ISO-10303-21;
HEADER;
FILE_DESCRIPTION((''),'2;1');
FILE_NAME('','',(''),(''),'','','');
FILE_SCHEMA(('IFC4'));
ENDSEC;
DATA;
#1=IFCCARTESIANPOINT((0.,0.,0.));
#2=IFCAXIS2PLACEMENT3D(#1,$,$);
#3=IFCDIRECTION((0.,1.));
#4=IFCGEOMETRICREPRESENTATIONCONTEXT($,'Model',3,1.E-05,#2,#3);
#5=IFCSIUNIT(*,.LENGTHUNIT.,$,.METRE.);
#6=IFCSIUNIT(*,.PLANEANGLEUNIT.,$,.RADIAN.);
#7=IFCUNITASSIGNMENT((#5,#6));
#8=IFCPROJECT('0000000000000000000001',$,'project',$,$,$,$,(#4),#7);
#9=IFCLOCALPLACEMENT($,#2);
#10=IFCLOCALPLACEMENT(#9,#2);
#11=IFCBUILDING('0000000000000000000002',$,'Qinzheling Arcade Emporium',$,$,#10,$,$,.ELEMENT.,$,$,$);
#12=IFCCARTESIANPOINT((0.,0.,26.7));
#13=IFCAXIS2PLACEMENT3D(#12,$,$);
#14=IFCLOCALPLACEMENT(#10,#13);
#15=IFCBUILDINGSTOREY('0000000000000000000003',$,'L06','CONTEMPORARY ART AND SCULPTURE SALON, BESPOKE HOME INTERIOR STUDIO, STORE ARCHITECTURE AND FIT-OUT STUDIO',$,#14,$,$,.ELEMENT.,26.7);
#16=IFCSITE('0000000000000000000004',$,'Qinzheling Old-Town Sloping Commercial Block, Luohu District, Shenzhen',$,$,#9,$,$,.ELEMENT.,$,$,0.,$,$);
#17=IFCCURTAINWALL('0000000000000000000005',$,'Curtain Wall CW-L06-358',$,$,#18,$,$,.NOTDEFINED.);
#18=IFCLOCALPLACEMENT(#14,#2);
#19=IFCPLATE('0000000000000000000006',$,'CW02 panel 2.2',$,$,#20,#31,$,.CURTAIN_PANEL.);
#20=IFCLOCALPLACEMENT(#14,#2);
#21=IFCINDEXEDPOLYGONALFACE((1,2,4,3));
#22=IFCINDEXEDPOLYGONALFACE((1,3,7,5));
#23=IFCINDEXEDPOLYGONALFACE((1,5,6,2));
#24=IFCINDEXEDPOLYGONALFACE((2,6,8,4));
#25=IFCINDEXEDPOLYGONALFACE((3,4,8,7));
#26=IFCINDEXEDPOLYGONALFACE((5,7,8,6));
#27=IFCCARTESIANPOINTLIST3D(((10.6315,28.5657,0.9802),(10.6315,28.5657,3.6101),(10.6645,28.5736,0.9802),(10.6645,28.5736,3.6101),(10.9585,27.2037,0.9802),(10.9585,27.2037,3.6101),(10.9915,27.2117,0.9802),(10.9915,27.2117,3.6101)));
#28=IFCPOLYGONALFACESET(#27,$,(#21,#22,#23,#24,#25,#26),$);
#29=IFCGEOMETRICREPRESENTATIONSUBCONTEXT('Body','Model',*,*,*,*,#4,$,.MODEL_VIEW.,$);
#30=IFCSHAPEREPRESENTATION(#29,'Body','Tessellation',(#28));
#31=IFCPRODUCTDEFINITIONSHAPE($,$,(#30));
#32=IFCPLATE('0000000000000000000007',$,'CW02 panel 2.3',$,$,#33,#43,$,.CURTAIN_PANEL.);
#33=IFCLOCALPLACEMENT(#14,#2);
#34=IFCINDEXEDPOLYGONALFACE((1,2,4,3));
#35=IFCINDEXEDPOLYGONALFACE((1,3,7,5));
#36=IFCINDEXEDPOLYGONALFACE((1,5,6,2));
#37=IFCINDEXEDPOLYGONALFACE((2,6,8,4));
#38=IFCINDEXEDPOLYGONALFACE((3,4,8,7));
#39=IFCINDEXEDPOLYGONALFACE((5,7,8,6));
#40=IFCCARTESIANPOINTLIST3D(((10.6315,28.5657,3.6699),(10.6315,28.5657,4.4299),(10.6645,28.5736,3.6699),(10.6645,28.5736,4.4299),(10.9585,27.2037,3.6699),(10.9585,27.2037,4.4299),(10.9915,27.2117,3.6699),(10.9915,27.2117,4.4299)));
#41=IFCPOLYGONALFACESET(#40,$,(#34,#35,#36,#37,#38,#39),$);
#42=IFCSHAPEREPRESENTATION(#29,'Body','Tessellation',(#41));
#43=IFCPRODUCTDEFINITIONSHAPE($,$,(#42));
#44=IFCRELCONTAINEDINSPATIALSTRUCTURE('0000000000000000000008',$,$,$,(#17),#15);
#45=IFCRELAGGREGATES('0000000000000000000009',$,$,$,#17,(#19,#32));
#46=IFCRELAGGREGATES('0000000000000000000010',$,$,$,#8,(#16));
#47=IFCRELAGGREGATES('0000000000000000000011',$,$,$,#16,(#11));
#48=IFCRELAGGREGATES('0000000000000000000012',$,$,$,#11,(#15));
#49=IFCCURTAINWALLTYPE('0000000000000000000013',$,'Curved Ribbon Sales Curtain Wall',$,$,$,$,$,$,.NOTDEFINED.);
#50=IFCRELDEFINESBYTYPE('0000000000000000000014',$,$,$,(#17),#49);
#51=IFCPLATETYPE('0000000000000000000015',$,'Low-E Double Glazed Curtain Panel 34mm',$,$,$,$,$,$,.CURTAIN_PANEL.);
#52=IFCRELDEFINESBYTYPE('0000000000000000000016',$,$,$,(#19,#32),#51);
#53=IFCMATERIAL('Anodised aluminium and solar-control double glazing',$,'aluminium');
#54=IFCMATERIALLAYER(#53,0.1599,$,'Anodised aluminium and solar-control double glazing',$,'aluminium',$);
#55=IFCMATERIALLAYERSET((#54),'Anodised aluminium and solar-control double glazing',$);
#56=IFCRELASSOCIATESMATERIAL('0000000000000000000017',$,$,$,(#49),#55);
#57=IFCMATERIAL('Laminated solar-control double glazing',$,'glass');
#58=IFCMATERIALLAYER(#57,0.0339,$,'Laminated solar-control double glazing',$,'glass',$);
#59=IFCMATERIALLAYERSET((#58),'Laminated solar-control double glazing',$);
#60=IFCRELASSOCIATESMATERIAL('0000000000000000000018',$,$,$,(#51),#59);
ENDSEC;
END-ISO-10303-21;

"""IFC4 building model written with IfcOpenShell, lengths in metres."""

from ifc_helpers import new_model, si_unit, direction, frame, origin, origin_2d, place, context, subcontext, project, spatial, rectangle, extrude, material, layer, layer_set, type_object, element, aggregate, save


model = new_model("IFC4")

# Units and contexts
model_context = context("Model", 3, precision=1e-05, world=origin(), true_north=direction((0.0, 1.0)))
body_context = subcontext(model_context, "Body", "Model", "MODEL_VIEW")
ifc_project = project(units=[si_unit("LENGTHUNIT", "METRE"), si_unit("PLANEANGLEUNIT", "RADIAN")], contexts=[model_context])

# Site, building, storey
site_placement = place(None, origin())
site = spatial("IfcSite", under=ifc_project, at=site_placement, Name="Qinzheling Old-Town Sloping Commercial Block, Luohu District, Shenzhen", CompositionType="ELEMENT", RefElevation=0.0)
building_placement = place(site_placement, origin())
building = spatial("IfcBuilding", under=site, at=building_placement, Name="Qinzheling Arcade Emporium", CompositionType="ELEMENT")
storey_placement = place(building_placement, frame((0.0, 0.0, 26.7)))
storey = spatial("IfcBuildingStorey", under=building, at=storey_placement, Name="L06", Description="CONTEMPORARY ART AND SCULPTURE SALON, BESPOKE HOME INTERIOR STUDIO, STORE ARCHITECTURE AND FIT-OUT STUDIO", CompositionType="ELEMENT", Elevation=26.7)

# Shared definitions
ifc_material_1 = material(Name="Anodised aluminium and solar-control double glazing", Category="aluminium")
ifc_layer_1 = layer(ifc_material_1, 0.1599, Name="Anodised aluminium and solar-control double glazing", Category="aluminium")
ifc_layer_set_1 = layer_set([ifc_layer_1], Name="Anodised aluminium and solar-control double glazing")
curtain_wall_type = type_object("IfcCurtainWallType", Name="Curved Ribbon Sales Curtain Wall", PredefinedType="NOTDEFINED", material=ifc_layer_set_1)

# Curtain wall
curtain_wall_1_placement = place(storey_placement, origin())
curtain_wall_1 = element("IfcCurtainWall", 1, at=curtain_wall_1_placement, inside=storey, type_object=curtain_wall_type, Name="Curtain Wall CW-L06-358", PredefinedType="NOTDEFINED")

# Plates
ifc_material_2 = material(Name="Laminated solar-control double glazing", Category="glass")
ifc_layer_2 = layer(ifc_material_2, 0.0339, Name="Laminated solar-control double glazing", Category="glass")
ifc_layer_set_2 = layer_set([ifc_layer_2], Name="Laminated solar-control double glazing")
plate_type_1 = type_object("IfcPlateType", Name="Low-E Double Glazed Curtain Panel 34mm", PredefinedType="CURTAIN_PANEL", material=ifc_layer_set_2)
plate_1_placement = place(storey_placement, frame((10.8115, 27.8887, 0.9802), z_axis=(0.0, 0.0, 1.0), x_axis=(-0.233449, 0.972369, 0.0)))
plate_1 = element("IfcPlate", 2, at=plate_1_placement, type_object=plate_type_1, Name="CW02 panel 2.2", PredefinedType="CURTAIN_PANEL", context=body_context, shape_type="SweptSolid", body=[
    extrude(rectangle(XDim=1.4006, YDim=0.0339, at=origin_2d()), origin(), (0.0, 0.0, 1.0), 2.6299),
])
plate_2_placement = place(storey_placement, frame((10.8115, 27.8887, 3.6699), z_axis=(0.0, 0.0, 1.0), x_axis=(-0.233449, 0.972369, 0.0)))
plate_2 = element("IfcPlate", 3, at=plate_2_placement, type_object=plate_type_1, Name="CW02 panel 2.3", PredefinedType="CURTAIN_PANEL", context=body_context, shape_type="SweptSolid", body=[
    extrude(rectangle(XDim=1.4006, YDim=0.0339, at=origin_2d()), origin(), (0.0, 0.0, 1.0), 0.76),
])
aggregate(curtain_wall_1, [plate_1, plate_2])

save(model, "model.ifc")
